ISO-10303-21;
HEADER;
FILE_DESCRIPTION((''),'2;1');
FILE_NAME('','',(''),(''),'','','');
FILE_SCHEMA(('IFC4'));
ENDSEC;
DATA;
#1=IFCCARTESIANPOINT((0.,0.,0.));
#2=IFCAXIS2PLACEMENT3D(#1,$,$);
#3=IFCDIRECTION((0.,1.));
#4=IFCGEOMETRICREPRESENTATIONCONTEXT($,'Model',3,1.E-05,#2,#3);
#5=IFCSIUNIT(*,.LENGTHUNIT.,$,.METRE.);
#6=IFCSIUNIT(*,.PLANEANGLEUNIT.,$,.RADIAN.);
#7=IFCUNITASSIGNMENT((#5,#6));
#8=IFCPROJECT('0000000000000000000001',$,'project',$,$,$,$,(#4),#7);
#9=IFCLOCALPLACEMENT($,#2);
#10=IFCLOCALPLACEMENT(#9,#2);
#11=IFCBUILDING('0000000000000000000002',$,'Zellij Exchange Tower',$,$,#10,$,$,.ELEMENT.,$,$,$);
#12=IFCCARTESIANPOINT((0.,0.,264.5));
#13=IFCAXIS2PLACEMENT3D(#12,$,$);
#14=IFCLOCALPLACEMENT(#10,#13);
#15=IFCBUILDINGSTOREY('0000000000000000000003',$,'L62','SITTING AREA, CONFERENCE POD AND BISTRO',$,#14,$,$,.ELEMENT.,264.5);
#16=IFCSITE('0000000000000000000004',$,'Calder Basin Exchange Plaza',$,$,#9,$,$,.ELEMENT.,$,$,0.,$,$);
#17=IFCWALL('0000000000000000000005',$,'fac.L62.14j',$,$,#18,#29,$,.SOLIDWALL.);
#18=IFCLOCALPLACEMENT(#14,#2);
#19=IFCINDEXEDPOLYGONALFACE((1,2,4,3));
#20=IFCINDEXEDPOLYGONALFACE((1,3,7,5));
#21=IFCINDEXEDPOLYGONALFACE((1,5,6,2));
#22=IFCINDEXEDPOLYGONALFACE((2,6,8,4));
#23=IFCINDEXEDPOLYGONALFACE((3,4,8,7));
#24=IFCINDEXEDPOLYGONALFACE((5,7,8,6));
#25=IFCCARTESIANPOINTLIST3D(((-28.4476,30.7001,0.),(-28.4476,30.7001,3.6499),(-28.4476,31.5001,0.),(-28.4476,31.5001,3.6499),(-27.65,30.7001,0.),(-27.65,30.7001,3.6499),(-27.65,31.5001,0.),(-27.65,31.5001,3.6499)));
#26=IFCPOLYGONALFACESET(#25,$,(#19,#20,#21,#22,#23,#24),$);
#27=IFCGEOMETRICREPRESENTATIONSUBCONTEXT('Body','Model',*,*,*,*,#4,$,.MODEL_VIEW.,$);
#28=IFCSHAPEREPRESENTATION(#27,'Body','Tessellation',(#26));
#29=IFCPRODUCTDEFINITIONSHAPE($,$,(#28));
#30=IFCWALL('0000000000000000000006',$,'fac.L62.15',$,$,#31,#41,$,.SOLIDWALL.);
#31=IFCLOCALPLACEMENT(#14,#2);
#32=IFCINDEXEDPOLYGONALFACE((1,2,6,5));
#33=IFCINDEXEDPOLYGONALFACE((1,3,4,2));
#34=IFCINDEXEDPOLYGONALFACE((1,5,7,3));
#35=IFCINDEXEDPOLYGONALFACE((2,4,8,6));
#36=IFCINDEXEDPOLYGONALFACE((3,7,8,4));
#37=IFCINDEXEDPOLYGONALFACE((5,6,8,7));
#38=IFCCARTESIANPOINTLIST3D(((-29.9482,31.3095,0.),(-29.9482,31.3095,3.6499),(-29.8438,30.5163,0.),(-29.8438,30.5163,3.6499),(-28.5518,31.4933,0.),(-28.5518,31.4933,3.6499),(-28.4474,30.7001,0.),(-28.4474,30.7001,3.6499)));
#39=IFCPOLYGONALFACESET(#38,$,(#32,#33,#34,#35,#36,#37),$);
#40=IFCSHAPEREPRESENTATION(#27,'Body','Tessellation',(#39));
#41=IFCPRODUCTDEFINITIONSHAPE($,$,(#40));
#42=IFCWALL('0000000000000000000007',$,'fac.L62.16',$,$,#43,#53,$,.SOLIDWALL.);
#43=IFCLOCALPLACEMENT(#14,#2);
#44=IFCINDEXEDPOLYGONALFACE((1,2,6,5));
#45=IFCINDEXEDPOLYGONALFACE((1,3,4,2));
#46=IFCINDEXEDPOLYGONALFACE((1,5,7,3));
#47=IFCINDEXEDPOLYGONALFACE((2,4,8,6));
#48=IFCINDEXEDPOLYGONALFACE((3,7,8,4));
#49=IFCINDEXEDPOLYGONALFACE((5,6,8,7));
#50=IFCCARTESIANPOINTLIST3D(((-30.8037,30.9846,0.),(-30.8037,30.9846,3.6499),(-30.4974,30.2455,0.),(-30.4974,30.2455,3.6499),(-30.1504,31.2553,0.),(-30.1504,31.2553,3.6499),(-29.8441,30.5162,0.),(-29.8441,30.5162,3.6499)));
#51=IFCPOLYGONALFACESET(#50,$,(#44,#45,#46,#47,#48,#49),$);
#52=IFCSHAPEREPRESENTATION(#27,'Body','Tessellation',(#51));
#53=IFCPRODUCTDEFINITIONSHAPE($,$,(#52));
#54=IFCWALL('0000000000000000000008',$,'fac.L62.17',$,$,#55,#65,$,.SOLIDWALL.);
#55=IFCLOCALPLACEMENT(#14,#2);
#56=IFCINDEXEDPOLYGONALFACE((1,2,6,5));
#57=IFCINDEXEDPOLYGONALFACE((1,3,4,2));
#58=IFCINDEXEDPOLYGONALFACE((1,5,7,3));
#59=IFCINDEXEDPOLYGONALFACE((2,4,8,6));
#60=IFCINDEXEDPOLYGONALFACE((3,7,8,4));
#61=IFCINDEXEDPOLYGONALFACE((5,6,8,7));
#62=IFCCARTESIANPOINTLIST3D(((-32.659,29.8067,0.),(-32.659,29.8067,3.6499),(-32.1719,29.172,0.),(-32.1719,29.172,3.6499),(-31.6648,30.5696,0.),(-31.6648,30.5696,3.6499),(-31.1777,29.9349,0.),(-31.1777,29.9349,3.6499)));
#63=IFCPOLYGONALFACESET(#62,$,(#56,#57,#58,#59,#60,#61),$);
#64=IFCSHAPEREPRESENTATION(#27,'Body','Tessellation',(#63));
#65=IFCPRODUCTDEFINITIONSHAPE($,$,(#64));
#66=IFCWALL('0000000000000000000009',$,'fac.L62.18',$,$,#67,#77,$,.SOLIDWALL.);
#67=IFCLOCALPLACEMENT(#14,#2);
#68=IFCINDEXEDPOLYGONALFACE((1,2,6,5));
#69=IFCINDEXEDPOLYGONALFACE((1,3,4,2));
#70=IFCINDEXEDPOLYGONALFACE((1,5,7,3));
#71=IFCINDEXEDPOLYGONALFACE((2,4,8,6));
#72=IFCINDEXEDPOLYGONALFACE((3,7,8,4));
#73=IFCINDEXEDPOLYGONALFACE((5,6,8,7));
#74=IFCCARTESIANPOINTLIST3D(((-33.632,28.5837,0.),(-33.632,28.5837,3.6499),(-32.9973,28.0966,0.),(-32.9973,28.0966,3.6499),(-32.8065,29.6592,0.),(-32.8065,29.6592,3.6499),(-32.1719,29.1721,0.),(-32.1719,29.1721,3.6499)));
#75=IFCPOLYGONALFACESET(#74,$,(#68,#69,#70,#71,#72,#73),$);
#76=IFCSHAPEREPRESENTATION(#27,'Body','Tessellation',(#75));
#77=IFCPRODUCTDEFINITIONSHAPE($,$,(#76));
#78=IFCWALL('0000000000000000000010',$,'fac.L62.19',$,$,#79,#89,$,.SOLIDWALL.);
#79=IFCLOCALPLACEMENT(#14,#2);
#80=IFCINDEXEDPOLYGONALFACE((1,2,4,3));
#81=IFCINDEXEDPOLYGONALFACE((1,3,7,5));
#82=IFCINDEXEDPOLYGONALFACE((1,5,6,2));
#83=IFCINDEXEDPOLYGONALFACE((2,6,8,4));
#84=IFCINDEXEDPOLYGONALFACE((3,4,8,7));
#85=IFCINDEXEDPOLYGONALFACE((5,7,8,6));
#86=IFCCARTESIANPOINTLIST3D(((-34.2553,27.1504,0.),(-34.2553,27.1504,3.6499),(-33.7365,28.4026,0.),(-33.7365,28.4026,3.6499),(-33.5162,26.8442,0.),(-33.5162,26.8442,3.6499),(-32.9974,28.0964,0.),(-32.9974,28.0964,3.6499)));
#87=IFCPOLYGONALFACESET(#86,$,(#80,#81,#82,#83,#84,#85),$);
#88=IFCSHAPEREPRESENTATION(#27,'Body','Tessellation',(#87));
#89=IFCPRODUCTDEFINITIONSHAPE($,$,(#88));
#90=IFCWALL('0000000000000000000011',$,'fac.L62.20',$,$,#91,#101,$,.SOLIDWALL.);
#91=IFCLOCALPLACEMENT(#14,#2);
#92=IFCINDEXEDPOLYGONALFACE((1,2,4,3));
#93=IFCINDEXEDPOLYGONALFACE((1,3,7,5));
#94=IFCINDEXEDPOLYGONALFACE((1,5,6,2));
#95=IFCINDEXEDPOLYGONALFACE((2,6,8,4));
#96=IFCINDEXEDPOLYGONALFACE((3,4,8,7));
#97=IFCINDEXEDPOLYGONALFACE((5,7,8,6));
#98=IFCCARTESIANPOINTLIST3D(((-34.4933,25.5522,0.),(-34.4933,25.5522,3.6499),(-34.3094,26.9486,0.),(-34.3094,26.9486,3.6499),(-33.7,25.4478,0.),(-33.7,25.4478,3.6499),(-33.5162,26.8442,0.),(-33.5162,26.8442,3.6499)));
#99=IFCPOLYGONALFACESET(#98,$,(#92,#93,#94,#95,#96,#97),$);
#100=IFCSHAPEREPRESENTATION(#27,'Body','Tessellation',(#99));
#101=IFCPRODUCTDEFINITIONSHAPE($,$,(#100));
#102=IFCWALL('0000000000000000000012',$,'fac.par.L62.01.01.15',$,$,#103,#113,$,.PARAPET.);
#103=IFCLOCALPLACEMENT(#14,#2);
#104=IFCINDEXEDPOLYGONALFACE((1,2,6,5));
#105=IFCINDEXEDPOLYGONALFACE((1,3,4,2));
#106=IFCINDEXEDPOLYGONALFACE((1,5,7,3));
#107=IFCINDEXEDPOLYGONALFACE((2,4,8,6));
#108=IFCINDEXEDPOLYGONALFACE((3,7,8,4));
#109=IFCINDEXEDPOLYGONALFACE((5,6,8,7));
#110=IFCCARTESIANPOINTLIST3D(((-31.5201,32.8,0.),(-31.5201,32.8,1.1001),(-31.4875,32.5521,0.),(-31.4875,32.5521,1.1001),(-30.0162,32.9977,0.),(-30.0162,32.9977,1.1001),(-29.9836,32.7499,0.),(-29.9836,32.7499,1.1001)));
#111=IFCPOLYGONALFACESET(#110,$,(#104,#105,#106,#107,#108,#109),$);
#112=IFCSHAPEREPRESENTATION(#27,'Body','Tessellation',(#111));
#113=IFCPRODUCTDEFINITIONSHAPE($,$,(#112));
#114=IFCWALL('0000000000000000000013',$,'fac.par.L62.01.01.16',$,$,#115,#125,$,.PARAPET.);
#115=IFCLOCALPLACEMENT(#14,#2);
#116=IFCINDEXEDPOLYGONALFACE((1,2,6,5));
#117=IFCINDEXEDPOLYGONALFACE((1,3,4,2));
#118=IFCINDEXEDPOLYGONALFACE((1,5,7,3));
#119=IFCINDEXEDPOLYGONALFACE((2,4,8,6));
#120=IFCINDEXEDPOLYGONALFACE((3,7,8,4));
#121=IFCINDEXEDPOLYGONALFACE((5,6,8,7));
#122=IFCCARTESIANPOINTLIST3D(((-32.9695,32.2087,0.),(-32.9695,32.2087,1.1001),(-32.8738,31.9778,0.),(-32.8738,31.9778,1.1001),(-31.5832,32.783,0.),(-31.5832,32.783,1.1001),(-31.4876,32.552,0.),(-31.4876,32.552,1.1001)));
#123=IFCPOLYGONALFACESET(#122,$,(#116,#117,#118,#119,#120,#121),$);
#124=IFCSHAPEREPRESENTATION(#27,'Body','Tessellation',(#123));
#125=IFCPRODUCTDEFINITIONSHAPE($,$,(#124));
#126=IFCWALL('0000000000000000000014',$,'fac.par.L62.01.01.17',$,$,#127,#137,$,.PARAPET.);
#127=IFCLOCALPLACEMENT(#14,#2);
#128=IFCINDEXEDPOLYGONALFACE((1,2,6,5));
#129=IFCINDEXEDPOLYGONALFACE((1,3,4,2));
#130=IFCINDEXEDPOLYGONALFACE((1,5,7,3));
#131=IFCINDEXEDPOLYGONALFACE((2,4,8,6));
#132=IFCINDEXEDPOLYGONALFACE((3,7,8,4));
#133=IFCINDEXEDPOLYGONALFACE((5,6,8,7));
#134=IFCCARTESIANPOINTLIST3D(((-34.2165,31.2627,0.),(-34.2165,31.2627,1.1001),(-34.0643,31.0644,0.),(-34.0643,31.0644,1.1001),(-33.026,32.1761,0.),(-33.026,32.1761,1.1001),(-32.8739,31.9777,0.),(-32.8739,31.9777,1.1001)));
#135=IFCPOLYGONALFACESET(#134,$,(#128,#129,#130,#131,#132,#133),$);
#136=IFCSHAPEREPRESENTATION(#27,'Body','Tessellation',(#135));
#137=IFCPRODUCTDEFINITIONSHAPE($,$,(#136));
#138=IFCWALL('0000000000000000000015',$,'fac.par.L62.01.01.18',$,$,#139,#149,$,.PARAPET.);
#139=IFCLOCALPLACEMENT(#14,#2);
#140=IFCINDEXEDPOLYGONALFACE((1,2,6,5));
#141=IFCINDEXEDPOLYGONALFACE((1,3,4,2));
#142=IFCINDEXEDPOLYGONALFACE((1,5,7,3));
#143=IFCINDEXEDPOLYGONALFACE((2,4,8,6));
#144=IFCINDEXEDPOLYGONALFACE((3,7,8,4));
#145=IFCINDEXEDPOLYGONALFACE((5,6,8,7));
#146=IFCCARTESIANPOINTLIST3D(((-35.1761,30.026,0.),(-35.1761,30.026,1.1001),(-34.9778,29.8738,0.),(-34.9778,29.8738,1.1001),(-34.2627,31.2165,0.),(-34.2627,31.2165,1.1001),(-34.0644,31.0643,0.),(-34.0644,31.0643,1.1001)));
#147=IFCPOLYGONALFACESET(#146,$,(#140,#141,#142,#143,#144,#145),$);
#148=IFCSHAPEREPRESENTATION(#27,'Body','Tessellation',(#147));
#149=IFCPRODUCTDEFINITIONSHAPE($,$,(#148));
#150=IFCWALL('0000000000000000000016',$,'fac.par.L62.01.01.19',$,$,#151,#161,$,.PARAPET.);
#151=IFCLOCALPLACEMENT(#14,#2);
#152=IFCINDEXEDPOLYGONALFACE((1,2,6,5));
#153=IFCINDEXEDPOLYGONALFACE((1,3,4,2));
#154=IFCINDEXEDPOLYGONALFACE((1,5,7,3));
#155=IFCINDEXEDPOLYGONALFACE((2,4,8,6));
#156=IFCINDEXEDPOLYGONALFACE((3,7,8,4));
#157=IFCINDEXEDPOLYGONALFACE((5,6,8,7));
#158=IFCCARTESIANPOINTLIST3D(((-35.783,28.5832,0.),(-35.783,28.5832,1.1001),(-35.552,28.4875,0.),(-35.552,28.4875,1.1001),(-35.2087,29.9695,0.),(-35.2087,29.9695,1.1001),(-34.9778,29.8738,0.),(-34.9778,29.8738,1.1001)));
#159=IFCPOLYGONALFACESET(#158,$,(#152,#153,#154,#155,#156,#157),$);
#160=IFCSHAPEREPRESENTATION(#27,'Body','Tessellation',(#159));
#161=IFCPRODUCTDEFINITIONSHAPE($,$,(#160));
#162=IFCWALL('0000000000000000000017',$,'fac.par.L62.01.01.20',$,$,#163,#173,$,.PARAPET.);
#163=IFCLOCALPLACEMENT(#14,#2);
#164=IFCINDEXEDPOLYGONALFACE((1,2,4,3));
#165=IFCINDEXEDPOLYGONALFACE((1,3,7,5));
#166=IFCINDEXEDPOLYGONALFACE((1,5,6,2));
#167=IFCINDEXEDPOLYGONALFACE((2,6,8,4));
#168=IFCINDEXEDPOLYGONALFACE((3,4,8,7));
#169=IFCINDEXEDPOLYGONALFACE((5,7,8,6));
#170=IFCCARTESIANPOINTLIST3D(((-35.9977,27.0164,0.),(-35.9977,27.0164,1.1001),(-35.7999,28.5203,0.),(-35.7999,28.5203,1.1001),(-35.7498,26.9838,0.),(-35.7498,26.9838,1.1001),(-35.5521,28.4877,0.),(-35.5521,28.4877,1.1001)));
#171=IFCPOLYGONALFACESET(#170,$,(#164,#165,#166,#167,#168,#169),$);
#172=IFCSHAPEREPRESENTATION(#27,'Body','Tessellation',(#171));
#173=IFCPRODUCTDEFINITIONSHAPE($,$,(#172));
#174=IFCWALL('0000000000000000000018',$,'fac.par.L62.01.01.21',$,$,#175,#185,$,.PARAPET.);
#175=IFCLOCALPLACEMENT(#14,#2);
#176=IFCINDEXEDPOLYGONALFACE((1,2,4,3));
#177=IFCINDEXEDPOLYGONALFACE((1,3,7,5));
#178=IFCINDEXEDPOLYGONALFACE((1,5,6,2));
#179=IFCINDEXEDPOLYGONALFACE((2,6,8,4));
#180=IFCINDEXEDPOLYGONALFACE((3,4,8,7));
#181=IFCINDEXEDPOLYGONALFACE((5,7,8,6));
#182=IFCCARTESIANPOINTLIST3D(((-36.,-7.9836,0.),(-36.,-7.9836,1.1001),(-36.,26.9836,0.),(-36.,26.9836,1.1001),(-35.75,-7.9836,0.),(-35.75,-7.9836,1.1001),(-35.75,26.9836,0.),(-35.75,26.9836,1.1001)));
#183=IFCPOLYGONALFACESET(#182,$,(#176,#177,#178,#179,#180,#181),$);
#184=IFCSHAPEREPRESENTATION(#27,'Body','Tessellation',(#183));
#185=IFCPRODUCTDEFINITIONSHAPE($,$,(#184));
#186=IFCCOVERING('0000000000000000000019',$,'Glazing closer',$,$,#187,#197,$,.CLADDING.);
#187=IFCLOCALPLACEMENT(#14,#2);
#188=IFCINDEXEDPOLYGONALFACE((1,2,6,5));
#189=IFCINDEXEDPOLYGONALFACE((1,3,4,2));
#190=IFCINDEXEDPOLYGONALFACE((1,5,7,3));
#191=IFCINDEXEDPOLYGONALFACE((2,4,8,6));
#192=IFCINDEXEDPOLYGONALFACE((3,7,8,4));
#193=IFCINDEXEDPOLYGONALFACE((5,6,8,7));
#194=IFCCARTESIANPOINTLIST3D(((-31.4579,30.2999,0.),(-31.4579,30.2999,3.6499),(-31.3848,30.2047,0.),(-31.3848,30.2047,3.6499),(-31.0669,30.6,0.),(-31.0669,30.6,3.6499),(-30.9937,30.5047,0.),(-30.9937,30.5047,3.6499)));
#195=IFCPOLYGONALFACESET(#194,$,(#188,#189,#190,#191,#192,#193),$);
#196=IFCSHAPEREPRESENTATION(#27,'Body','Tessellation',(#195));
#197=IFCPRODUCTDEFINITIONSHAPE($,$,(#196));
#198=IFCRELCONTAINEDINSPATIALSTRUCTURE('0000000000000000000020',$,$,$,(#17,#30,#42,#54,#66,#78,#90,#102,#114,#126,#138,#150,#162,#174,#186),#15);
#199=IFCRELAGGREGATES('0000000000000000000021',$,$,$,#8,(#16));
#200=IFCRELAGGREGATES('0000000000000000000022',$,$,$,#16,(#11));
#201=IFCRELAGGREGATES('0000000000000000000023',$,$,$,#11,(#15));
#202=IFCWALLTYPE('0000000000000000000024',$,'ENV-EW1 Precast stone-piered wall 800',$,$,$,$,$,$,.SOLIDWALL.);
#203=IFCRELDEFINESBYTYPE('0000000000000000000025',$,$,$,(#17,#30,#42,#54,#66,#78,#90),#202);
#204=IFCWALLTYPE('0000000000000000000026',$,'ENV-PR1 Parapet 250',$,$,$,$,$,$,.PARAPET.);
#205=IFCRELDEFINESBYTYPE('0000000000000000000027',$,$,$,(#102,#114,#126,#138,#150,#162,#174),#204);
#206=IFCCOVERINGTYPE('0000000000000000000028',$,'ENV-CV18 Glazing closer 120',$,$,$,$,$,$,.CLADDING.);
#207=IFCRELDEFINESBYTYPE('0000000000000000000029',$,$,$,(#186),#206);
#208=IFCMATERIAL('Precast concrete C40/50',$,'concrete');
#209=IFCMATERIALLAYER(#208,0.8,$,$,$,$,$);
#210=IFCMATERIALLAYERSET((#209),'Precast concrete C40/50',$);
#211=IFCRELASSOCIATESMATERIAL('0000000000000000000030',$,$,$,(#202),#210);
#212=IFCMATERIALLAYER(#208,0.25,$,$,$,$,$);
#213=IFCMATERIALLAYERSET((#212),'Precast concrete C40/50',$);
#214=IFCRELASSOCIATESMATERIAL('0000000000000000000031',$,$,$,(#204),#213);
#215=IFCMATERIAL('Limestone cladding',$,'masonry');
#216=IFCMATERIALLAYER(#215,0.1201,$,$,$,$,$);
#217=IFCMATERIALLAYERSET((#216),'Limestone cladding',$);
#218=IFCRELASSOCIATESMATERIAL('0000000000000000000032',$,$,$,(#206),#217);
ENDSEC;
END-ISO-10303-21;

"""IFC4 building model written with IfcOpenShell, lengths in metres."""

from ifc_helpers import new_model, si_unit, direction, frame, frame_2d, origin, origin_2d, place, context, subcontext, project, spatial, rectangle, extrude, material, layer, layer_set, type_object, element, save


model = new_model("IFC4")

# Units and contexts
model_context = context("Model", 3, precision=1e-05, world=origin(), true_north=direction((0.0, 1.0)))
body_context = subcontext(model_context, "Body", "Model", "MODEL_VIEW")
ifc_project = project(units=[si_unit("LENGTHUNIT", "METRE"), si_unit("PLANEANGLEUNIT", "RADIAN")], contexts=[model_context])

# Site, building, storey
site_placement = place(None, origin())
site = spatial("IfcSite", under=ifc_project, at=site_placement, Name="Calder Basin Exchange Plaza", CompositionType="ELEMENT", RefElevation=0.0)
building_placement = place(site_placement, origin())
building = spatial("IfcBuilding", under=site, at=building_placement, Name="Zellij Exchange Tower", CompositionType="ELEMENT")
storey_placement = place(building_placement, frame((0.0, 0.0, 264.5)))
storey = spatial("IfcBuildingStorey", under=building, at=storey_placement, Name="L62", Description="SITTING AREA, CONFERENCE POD AND BISTRO", CompositionType="ELEMENT", Elevation=264.5)

# Walls
ifc_material_1 = material(Name="Precast concrete C40/50", Category="concrete")
ifc_layer_1 = layer(ifc_material_1, 0.8)
ifc_layer_set_1 = layer_set([ifc_layer_1], Name="Precast concrete C40/50")
wall_type_1 = type_object("IfcWallType", Name="ENV-EW1 Precast stone-piered wall 800", PredefinedType="SOLIDWALL", material=ifc_layer_set_1)
wall_1_placement = place(storey_placement, frame((-27.6499, 31.1001, 0.0), z_axis=(0.0, 0.0, 1.0), x_axis=(-1.0, 0.0, 0.0)))
element("IfcWall", 1, at=wall_1_placement, inside=storey, type_object=wall_type_1, Name="fac.L62.14j", PredefinedType="SOLIDWALL", context=body_context, shape_type="SweptSolid", body=[
    extrude(rectangle(XDim=0.7976, YDim=0.8, at=frame_2d((0.3989, 0.0))), origin(), (0.0, 0.0, 1.0), 3.6499),
])
wall_2_placement = place(storey_placement, frame((-28.4998, 31.0967, 0.0), z_axis=(0.0, 0.0, 1.0), x_axis=(-0.991446, -0.130517, 0.0)))
element("IfcWall", 2, at=wall_2_placement, inside=storey, type_object=wall_type_1, Name="fac.L62.15", PredefinedType="SOLIDWALL", context=body_context, shape_type="SweptSolid", body=[
    extrude(rectangle(XDim=1.4084, YDim=0.8, at=frame_2d((0.7041, 0.0))), origin(), (0.0, 0.0, 1.0), 3.6499),
])
wall_3_placement = place(storey_placement, frame((-29.9973, 30.8857, 0.0), z_axis=(0.0, 0.0, 1.0), x_axis=(-0.923811, -0.38285, 0.0)))
element("IfcWall", 3, at=wall_3_placement, inside=storey, type_object=wall_type_1, Name="fac.L62.16", PredefinedType="SOLIDWALL", context=body_context, shape_type="SweptSolid", body=[
    extrude(rectangle(XDim=0.7073, YDim=0.8, at=frame_2d((0.3535, 0.0))), origin(), (0.0, 0.0, 1.0), 3.6499),
])
wall_4_placement = place(storey_placement, frame((-31.4214, 30.2522, 0.0), z_axis=(0.0, 0.0, 1.0), x_axis=(-0.793312, -0.608816, 0.0)))
element("IfcWall", 4, at=wall_4_placement, inside=storey, type_object=wall_type_1, Name="fac.L62.17", PredefinedType="SOLIDWALL", context=body_context, shape_type="SweptSolid", body=[
    extrude(rectangle(XDim=1.2532, YDim=0.8, at=frame_2d((0.6265, 0.0))), origin(), (0.0, 0.0, 1.0), 3.6499),
])
wall_5_placement = place(storey_placement, frame((-32.4893, 29.4155, 0.0), z_axis=(0.0, 0.0, 1.0), x_axis=(-0.608866, -0.793273, 0.0)))
element("IfcWall", 5, at=wall_5_placement, inside=storey, type_object=wall_type_1, Name="fac.L62.18", PredefinedType="SOLIDWALL", context=body_context, shape_type="SweptSolid", body=[
    extrude(rectangle(XDim=1.3557, YDim=0.8, at=frame_2d((0.6777, 0.0))), origin(), (0.0, 0.0, 1.0), 3.6499),
])
wall_6_placement = place(storey_placement, frame((-33.3669, 28.2495, 0.0), z_axis=(0.0, 0.0, 1.0), x_axis=(-0.38276, -0.923848, 0.0)))
element("IfcWall", 6, at=wall_6_placement, inside=storey, type_object=wall_type_1, Name="fac.L62.19", PredefinedType="SOLIDWALL", context=body_context, shape_type="SweptSolid", body=[
    extrude(rectangle(XDim=1.3555, YDim=0.8, at=frame_2d((0.6777, 0.0))), origin(), (0.0, 0.0, 1.0), 3.6499),
])
wall_7_placement = place(storey_placement, frame((-33.9128, 26.8962, 0.0), z_axis=(0.0, 0.0, 1.0), x_axis=(-0.130517, -0.991446, 0.0)))
element("IfcWall", 7, at=wall_7_placement, inside=storey, type_object=wall_type_1, Name="fac.L62.20", PredefinedType="SOLIDWALL", context=body_context, shape_type="SweptSolid", body=[
    extrude(rectangle(XDim=1.4084, YDim=0.8, at=frame_2d((0.7041, 0.0))), origin(), (0.0, 0.0, 1.0), 3.6499),
])
ifc_layer_2 = layer(ifc_material_1, 0.25)
ifc_layer_set_2 = layer_set([ifc_layer_2], Name="Precast concrete C40/50")
wall_type_2 = type_object("IfcWallType", Name="ENV-PR1 Parapet 250", PredefinedType="PARAPET", material=ifc_layer_set_2)
wall_8_placement = place(storey_placement, frame((-30.0, 32.8738, 0.0), z_axis=(0.0, 0.0, 1.0), x_axis=(-0.991465, -0.130371, 0.0)))
element("IfcWall", 8, at=wall_8_placement, inside=storey, type_object=wall_type_2, Name="fac.par.L62.01.01.15", PredefinedType="PARAPET", context=body_context, shape_type="SweptSolid", body=[
    extrude(rectangle(XDim=1.5168, YDim=0.25, at=frame_2d((0.7583, 0.0))), origin(), (0.0, 0.0, 1.0), 1.1001),
])
for number, where, z_axis, x_axis, name in (
    (9, (-31.5354, 32.6675, 0.0), (0.0, 0.0, 1.0), (-0.923874, -0.382697, 0.0), "fac.par.L62.01.01.16"),
    (10, (-32.95, 32.0769, 0.0), (0.0, 0.0, 1.0), (-0.793392, -0.608712, 0.0), "fac.par.L62.01.01.17"),
    (11, (-34.1636, 31.1404, 0.0), (0.0, 0.0, 1.0), (-0.608712, -0.793392, 0.0), "fac.par.L62.01.01.18"),
    (12, (-35.0933, 29.9216, 0.0), (0.0, 0.0, 1.0), (-0.382697, -0.923874, 0.0), "fac.par.L62.01.01.19"),
):
    element("IfcWall", number, at=place(storey_placement, frame(where, z_axis=z_axis, x_axis=x_axis)), inside=storey, type_object=wall_type_2, Name=name, PredefinedType="PARAPET", context=body_context, shape_type="SweptSolid", body=[
        extrude(rectangle(XDim=1.5005, YDim=0.25, at=frame_2d((0.7502, 0.0))), origin(), (0.0, 0.0, 1.0), 1.1001),
    ])
wall_9_placement = place(storey_placement, frame((-35.676, 28.5039, 0.0), z_axis=(0.0, 0.0, 1.0), x_axis=(-0.130371, -0.991465, 0.0)))
element("IfcWall", 13, at=wall_9_placement, inside=storey, type_object=wall_type_2, Name="fac.par.L62.01.01.20", PredefinedType="PARAPET", context=body_context, shape_type="SweptSolid", body=[
    extrude(rectangle(XDim=1.5168, YDim=0.25, at=frame_2d((0.7583, 0.0))), origin(), (0.0, 0.0, 1.0), 1.1001),
])
wall_10_placement = place(storey_placement, frame((-35.875, 26.9836, 0.0), z_axis=(0.0, 0.0, 1.0), x_axis=(0.0, -1.0, 0.0)))
element("IfcWall", 14, at=wall_10_placement, inside=storey, type_object=wall_type_2, Name="fac.par.L62.01.01.21", PredefinedType="PARAPET", context=body_context, shape_type="SweptSolid", body=[
    extrude(rectangle(XDim=34.9673, YDim=0.25, at=frame_2d((17.4836, 0.0))), origin(), (0.0, 0.0, 1.0), 1.1001),
])

# Covering
ifc_material_2 = material(Name="Limestone cladding", Category="masonry")
ifc_layer_3 = layer(ifc_material_2, 0.1201)
ifc_layer_set_3 = layer_set([ifc_layer_3], Name="Limestone cladding")
covering_type_1 = type_object("IfcCoveringType", Name="ENV-CV18 Glazing closer 120", PredefinedType="CLADDING", material=ifc_layer_set_3)
covering_1_placement = place(storey_placement, frame((-31.2258, 30.4023, 0.0), z_axis=(0.0, 0.0, 1.0), x_axis=(0.793316, 0.60881, 0.0)))
element("IfcCovering", 15, at=covering_1_placement, inside=storey, type_object=covering_type_1, Name="Glazing closer", PredefinedType="CLADDING", context=body_context, shape_type="SweptSolid", body=[
    extrude(rectangle(XDim=0.4929, YDim=0.1201, at=origin_2d()), origin(), (0.0, 0.0, 1.0), 3.6499),
])

save(model, "model.ifc")
